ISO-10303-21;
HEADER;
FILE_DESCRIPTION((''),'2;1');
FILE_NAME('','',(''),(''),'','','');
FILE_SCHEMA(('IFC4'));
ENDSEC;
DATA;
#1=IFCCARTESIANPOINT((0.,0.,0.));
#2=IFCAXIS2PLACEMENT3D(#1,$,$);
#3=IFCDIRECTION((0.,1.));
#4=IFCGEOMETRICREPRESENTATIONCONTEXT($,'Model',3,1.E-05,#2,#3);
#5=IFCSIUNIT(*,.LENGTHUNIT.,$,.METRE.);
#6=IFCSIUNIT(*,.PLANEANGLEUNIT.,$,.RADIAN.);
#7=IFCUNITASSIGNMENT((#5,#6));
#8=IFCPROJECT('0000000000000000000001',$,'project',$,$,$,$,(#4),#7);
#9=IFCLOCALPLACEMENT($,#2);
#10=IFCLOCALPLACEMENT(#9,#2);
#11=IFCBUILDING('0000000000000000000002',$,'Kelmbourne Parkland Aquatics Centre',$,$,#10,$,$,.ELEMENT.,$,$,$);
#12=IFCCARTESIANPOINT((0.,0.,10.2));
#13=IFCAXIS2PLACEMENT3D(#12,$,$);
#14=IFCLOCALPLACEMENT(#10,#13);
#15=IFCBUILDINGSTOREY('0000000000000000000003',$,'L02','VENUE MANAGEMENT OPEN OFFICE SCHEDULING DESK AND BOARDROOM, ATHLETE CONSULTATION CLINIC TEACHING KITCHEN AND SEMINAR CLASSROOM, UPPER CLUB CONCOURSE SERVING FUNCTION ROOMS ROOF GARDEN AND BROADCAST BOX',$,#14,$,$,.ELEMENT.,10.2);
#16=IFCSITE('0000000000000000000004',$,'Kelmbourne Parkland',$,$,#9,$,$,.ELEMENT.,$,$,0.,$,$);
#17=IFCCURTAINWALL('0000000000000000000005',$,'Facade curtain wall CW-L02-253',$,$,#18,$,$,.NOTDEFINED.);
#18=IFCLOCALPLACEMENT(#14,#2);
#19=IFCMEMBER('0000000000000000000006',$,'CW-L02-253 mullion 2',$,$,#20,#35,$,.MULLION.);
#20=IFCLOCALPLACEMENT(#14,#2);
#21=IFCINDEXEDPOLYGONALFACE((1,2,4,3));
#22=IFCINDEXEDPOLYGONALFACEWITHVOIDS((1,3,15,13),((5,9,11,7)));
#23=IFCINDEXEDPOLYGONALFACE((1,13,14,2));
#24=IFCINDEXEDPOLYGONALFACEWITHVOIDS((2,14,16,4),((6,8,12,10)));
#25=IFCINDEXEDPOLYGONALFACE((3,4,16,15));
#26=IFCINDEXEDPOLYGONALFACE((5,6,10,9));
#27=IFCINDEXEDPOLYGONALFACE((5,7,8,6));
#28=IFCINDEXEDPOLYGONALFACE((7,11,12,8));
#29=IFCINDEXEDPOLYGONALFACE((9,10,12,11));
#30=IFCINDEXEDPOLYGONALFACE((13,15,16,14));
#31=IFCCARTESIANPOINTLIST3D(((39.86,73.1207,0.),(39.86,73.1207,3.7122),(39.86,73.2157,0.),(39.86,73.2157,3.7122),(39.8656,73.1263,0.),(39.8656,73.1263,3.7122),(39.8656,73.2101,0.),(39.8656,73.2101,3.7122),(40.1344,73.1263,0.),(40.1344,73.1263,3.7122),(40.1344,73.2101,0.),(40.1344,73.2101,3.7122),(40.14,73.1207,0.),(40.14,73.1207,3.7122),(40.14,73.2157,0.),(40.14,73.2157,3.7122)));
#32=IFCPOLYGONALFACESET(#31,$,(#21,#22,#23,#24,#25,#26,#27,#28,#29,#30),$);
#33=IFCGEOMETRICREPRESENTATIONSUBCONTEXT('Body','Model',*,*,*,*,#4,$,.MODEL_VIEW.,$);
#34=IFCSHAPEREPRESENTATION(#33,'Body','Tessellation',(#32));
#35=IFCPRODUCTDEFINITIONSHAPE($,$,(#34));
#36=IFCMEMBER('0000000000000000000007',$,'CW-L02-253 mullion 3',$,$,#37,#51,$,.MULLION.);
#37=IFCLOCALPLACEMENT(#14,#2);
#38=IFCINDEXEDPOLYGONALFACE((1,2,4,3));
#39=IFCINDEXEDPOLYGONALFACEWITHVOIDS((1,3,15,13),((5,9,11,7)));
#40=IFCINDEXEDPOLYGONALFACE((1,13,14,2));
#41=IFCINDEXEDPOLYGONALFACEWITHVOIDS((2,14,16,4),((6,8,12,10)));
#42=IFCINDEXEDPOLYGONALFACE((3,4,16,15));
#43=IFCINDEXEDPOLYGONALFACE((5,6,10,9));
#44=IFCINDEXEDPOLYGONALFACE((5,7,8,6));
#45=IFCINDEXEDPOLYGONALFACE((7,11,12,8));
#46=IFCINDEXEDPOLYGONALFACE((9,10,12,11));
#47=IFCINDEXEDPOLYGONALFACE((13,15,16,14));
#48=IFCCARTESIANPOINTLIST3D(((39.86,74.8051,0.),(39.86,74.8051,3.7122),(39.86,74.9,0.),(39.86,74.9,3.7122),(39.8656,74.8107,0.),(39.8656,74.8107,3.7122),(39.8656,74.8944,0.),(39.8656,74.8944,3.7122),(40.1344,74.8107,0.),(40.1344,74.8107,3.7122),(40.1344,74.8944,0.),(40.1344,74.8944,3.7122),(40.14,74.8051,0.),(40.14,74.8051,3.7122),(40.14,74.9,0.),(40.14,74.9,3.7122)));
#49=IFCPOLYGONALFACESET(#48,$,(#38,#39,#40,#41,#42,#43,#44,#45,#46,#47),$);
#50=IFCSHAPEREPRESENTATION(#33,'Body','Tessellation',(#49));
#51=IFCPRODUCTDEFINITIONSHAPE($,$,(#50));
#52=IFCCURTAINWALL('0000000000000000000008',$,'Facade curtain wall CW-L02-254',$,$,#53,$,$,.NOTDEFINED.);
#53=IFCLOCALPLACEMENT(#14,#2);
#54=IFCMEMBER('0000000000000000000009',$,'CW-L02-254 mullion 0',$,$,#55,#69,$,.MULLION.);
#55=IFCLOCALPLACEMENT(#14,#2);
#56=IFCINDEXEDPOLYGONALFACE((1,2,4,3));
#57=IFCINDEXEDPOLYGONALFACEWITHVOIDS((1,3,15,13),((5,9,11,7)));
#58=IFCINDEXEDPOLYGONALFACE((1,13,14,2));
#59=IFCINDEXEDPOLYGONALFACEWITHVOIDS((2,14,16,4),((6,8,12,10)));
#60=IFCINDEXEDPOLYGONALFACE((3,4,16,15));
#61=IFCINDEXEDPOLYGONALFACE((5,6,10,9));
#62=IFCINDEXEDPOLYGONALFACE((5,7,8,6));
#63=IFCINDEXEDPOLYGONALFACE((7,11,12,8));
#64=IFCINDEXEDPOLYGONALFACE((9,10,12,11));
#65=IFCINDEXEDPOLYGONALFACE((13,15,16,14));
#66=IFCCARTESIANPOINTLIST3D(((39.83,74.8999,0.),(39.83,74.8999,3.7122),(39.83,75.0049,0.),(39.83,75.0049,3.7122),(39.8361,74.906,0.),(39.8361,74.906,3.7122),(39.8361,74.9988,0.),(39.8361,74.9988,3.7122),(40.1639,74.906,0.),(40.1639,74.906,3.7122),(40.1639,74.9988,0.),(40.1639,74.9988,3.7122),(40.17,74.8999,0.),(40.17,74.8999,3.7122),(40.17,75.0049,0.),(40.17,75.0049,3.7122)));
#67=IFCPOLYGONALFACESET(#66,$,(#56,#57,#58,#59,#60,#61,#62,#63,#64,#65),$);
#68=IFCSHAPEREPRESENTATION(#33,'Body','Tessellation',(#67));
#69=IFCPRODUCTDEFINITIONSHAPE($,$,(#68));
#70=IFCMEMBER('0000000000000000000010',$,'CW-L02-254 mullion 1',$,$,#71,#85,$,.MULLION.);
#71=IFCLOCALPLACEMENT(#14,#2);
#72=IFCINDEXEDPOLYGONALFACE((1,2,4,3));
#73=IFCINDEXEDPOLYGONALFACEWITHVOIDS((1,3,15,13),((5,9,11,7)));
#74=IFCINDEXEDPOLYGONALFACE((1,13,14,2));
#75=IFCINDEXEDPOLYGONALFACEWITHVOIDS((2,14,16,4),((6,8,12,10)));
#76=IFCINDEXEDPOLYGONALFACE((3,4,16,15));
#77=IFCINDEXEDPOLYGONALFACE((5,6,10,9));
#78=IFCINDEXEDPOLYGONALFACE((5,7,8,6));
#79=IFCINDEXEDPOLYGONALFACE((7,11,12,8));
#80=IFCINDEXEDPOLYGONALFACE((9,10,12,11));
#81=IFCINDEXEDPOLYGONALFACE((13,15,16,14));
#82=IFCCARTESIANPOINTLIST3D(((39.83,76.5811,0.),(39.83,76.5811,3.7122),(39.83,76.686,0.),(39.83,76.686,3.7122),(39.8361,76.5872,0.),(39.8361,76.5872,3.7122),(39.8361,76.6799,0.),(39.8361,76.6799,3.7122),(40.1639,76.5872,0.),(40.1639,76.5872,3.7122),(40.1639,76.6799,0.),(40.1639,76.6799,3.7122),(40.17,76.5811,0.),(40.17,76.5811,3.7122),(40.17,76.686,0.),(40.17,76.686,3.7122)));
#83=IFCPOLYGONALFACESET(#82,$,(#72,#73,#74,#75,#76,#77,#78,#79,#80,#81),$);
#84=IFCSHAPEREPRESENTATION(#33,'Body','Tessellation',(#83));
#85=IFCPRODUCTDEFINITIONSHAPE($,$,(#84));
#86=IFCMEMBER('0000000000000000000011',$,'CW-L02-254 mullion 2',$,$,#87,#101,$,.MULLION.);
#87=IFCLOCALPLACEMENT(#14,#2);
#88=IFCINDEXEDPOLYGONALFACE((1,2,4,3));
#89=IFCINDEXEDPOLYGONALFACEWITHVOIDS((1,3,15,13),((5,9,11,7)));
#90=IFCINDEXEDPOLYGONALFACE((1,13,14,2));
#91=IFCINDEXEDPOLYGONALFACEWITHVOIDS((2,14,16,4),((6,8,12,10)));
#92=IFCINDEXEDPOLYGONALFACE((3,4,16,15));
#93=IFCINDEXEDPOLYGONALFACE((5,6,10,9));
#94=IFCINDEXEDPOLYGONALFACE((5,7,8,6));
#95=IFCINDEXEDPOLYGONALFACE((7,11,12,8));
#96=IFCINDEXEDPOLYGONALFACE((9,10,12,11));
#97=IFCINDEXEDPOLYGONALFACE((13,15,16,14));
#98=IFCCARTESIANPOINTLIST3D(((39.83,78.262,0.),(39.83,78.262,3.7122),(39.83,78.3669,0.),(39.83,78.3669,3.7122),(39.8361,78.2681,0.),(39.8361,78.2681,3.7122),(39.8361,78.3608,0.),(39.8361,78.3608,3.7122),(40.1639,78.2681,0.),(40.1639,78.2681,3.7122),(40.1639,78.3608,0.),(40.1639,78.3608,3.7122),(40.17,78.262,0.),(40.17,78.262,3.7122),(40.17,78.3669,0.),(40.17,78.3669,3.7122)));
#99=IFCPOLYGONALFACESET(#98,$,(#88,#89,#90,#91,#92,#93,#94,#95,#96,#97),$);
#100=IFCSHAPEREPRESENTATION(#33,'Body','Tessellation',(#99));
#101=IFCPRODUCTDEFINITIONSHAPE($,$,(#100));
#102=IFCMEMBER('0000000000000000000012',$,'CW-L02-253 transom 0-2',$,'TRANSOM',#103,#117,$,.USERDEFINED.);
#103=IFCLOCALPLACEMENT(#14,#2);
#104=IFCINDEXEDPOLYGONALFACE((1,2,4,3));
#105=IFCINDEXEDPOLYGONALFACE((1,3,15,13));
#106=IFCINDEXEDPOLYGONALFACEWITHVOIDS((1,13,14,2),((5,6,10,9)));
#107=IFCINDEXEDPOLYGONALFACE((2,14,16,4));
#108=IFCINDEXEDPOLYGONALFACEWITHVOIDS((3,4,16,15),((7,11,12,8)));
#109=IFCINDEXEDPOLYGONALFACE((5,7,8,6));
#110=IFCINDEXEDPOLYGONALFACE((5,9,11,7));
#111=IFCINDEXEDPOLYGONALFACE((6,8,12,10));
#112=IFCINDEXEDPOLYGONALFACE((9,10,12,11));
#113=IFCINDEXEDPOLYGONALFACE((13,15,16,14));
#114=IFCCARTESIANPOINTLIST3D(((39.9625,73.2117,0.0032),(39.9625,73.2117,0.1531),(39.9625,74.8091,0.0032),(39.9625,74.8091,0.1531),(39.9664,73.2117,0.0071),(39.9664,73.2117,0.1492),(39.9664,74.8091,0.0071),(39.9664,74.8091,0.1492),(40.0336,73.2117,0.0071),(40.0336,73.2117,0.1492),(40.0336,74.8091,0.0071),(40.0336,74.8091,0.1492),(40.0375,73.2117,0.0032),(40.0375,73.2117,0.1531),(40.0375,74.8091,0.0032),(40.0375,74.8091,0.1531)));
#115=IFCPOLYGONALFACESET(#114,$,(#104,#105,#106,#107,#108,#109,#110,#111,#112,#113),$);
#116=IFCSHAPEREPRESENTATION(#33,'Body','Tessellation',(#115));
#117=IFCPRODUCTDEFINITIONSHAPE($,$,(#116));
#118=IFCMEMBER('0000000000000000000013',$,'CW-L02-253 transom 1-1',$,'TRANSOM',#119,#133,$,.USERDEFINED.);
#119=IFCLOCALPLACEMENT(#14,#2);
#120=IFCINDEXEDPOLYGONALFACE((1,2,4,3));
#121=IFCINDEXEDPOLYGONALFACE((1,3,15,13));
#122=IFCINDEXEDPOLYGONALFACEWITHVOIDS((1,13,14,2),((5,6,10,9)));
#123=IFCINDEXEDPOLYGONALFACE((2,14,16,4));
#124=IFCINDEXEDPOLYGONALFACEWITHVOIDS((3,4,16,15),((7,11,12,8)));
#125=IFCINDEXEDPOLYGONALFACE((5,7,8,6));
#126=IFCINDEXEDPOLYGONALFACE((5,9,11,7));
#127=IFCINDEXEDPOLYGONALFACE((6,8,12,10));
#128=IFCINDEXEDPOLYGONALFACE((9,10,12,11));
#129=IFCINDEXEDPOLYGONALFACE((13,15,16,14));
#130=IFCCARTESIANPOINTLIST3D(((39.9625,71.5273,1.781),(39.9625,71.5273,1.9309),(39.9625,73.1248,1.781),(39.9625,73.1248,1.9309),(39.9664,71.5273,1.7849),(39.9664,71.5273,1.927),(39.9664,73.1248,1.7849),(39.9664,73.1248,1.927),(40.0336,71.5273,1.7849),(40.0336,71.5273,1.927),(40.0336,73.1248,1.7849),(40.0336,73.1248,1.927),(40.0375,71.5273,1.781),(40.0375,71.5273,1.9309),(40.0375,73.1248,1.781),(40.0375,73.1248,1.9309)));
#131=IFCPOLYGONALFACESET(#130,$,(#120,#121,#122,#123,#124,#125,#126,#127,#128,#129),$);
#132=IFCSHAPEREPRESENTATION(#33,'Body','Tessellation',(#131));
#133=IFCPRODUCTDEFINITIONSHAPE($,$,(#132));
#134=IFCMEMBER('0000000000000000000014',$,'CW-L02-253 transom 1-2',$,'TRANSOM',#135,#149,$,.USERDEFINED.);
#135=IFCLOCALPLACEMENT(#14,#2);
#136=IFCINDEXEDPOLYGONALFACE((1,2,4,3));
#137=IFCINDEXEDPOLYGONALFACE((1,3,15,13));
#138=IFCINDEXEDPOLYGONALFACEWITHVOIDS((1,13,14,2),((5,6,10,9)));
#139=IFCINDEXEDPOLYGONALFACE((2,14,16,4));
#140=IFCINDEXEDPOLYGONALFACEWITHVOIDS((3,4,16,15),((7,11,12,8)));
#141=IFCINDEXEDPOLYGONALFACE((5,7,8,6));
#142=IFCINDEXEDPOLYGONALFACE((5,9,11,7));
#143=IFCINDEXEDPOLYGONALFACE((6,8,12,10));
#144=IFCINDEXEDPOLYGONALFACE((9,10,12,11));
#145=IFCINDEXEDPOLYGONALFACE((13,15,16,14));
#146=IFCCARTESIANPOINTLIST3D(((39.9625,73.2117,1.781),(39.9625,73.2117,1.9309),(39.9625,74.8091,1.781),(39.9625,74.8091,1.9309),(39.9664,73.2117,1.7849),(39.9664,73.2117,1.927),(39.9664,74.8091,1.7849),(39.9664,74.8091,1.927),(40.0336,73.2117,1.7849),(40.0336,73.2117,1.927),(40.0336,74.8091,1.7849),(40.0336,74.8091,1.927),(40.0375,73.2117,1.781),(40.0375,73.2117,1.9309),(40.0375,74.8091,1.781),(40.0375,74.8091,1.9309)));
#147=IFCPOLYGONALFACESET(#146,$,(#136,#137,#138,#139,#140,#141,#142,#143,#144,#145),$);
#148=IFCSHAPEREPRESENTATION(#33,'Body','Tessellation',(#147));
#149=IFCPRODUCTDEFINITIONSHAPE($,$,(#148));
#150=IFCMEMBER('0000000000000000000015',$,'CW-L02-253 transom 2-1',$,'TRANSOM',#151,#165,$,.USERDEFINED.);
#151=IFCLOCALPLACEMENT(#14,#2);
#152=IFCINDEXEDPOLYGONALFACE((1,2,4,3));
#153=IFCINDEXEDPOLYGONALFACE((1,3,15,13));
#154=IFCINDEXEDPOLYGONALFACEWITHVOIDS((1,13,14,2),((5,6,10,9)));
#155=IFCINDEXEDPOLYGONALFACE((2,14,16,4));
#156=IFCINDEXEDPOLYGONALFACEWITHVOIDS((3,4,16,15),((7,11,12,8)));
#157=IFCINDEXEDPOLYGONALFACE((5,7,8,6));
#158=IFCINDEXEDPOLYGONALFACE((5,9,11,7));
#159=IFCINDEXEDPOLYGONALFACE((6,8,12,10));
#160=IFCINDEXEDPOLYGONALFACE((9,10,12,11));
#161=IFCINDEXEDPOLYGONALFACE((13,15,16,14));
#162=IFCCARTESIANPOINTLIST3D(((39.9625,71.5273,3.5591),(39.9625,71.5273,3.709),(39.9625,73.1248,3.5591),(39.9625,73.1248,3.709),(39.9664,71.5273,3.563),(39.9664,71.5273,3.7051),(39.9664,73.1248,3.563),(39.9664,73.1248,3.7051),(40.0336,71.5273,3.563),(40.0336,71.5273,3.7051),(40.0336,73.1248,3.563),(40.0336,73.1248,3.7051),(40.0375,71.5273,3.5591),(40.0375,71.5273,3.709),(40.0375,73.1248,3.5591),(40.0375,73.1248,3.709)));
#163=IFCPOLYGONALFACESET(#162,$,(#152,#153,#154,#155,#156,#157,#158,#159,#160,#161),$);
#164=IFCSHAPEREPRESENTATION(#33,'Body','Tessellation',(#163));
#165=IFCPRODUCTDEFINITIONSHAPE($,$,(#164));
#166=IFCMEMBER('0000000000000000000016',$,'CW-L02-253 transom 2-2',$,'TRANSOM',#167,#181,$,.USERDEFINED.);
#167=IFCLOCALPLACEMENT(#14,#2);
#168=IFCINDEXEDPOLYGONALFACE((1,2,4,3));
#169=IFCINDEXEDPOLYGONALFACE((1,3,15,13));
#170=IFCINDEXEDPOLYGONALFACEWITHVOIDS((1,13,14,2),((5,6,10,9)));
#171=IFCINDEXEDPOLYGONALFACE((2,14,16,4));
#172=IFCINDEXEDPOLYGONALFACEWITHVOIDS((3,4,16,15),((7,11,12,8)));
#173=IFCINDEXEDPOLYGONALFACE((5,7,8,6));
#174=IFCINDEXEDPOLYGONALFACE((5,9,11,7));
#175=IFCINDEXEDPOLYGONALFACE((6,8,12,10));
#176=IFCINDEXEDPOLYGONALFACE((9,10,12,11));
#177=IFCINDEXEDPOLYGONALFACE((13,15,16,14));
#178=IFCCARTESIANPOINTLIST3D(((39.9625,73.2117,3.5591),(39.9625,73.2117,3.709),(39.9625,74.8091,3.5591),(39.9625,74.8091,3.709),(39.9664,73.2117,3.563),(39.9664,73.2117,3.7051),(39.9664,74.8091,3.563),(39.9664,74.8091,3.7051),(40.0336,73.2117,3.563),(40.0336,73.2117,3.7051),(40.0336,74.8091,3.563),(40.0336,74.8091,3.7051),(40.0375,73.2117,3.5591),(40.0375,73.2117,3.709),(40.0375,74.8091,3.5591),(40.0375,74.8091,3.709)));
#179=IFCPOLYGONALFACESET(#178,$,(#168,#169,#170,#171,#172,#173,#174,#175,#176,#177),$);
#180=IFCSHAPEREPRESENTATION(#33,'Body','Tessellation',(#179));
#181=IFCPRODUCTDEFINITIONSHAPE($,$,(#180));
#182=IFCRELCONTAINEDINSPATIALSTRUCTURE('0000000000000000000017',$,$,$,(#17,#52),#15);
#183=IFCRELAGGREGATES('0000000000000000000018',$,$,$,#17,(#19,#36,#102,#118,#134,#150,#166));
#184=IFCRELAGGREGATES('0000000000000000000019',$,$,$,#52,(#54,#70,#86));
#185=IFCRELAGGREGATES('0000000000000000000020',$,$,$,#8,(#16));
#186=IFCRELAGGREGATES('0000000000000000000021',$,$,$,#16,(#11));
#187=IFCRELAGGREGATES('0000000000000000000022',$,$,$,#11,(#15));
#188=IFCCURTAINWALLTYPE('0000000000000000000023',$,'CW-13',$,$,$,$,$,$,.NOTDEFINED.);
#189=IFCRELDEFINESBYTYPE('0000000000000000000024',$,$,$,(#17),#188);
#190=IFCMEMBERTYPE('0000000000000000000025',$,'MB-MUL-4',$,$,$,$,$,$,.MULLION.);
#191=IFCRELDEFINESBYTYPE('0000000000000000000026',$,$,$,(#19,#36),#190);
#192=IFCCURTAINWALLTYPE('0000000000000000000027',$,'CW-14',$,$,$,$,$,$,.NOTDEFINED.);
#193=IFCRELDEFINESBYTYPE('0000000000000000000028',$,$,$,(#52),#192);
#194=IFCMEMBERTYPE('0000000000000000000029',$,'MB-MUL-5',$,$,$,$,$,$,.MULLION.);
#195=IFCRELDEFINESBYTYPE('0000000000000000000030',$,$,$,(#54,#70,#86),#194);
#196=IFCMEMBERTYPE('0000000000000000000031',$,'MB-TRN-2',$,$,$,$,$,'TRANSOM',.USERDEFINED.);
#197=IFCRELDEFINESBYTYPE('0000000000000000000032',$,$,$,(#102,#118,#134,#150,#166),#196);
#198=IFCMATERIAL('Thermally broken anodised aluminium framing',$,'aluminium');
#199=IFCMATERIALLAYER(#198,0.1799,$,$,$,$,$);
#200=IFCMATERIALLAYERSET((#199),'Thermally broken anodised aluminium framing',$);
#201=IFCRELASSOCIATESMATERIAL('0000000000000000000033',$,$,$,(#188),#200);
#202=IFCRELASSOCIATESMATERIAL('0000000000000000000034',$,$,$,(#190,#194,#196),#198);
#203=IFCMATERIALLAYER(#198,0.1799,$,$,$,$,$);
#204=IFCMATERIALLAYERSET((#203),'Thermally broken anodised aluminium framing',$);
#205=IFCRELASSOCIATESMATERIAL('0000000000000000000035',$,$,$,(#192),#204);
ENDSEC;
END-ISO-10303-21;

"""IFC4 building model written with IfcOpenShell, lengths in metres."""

from ifc_helpers import new_model, si_unit, direction, frame, origin, origin_2d, place, context, subcontext, project, spatial, hollow_rectangle, extrude, material, layer, layer_set, material_profile, profile_set, type_object, element, aggregate, save


model = new_model("IFC4")

# Units and contexts
model_context = context("Model", 3, precision=1e-05, world=origin(), true_north=direction((0.0, 1.0)))
body_context = subcontext(model_context, "Body", "Model", "MODEL_VIEW")
ifc_project = project(units=[si_unit("LENGTHUNIT", "METRE"), si_unit("PLANEANGLEUNIT", "RADIAN")], contexts=[model_context])

# Site, building, storey
site_placement = place(None, origin())
site = spatial("IfcSite", under=ifc_project, at=site_placement, Name="Kelmbourne Parkland", CompositionType="ELEMENT", RefElevation=0.0)
building_placement = place(site_placement, origin())
building = spatial("IfcBuilding", under=site, at=building_placement, Name="Kelmbourne Parkland Aquatics Centre", CompositionType="ELEMENT")
storey_placement = place(building_placement, frame((0.0, 0.0, 10.2)))
storey = spatial("IfcBuildingStorey", under=building, at=storey_placement, Name="L02", Description="VENUE MANAGEMENT OPEN OFFICE SCHEDULING DESK AND BOARDROOM, ATHLETE CONSULTATION CLINIC TEACHING KITCHEN AND SEMINAR CLASSROOM, UPPER CLUB CONCOURSE SERVING FUNCTION ROOMS ROOF GARDEN AND BROADCAST BOX", CompositionType="ELEMENT", Elevation=10.2)

# Curtain walls, members
ifc_material_1 = material(Name="Thermally broken anodised aluminium framing", Category="aluminium")
ifc_layer_1 = layer(ifc_material_1, 0.1799)
ifc_layer_set_1 = layer_set([ifc_layer_1], Name="Thermally broken anodised aluminium framing")
curtain_wall_type_1 = type_object("IfcCurtainWallType", Name="CW-13", PredefinedType="NOTDEFINED", material=ifc_layer_set_1)
curtain_wall_1_placement = place(storey_placement, origin())
curtain_wall_1 = element("IfcCurtainWall", 1, at=curtain_wall_1_placement, inside=storey, type_object=curtain_wall_type_1, Name="Facade curtain wall CW-L02-253", PredefinedType="NOTDEFINED")
ifc_material_profile_1 = material_profile(ifc_material_1, hollow_rectangle(XDim=0.095, YDim=0.28, WallThickness=0.0056, at=origin_2d()), Name="CW-M 95x280")
ifc_profile_set_1 = profile_set([ifc_material_profile_1], Name="Thermally broken anodised aluminium framing")
member_type_1 = type_object("IfcMemberType", Name="MB-MUL-4", PredefinedType="MULLION", material=ifc_profile_set_1)
member_1_placement = place(storey_placement, frame((40.0, 73.1682, 0.0), z_axis=(0.0, 0.0, 1.0), x_axis=(0.0, 1.0, 0.0)))
member_1 = element("IfcMember", 2, at=member_1_placement, type_object=member_type_1, Name="CW-L02-253 mullion 2", PredefinedType="MULLION", context=body_context, shape_type="SweptSolid", body=[
    extrude(hollow_rectangle(XDim=0.095, YDim=0.28, WallThickness=0.0056, at=origin_2d()), origin(), (0.0, 0.0, 1.0), 3.7122),
])
member_2_placement = place(storey_placement, frame((40.0, 74.8525, 0.0), z_axis=(0.0, 0.0, 1.0), x_axis=(0.0, 1.0, 0.0)))
member_2 = element("IfcMember", 3, at=member_2_placement, type_object=member_type_1, Name="CW-L02-253 mullion 3", PredefinedType="MULLION", context=body_context, shape_type="SweptSolid", body=[
    extrude(hollow_rectangle(XDim=0.095, YDim=0.28, WallThickness=0.0056, at=origin_2d()), origin(), (0.0, 0.0, 1.0), 3.7122),
])
ifc_layer_2 = layer(ifc_material_1, 0.1799)
ifc_layer_set_2 = layer_set([ifc_layer_2], Name="Thermally broken anodised aluminium framing")
curtain_wall_type_2 = type_object("IfcCurtainWallType", Name="CW-14", PredefinedType="NOTDEFINED", material=ifc_layer_set_2)
curtain_wall_2_placement = place(storey_placement, origin())
curtain_wall_2 = element("IfcCurtainWall", 4, at=curtain_wall_2_placement, inside=storey, type_object=curtain_wall_type_2, Name="Facade curtain wall CW-L02-254", PredefinedType="NOTDEFINED")
ifc_material_profile_2 = material_profile(ifc_material_1, hollow_rectangle(XDim=0.105, YDim=0.3401, WallThickness=0.0061, at=origin_2d()), Name="CW-M 105x340")
ifc_profile_set_2 = profile_set([ifc_material_profile_2], Name="Thermally broken anodised aluminium framing")
member_type_2 = type_object("IfcMemberType", Name="MB-MUL-5", PredefinedType="MULLION", material=ifc_profile_set_2)
member_3_placement = place(storey_placement, frame((40.0, 74.9524, 0.0), z_axis=(0.0, 0.0, 1.0), x_axis=(0.0, 1.0, 0.0)))
member_3 = element("IfcMember", 5, at=member_3_placement, type_object=member_type_2, Name="CW-L02-254 mullion 0", PredefinedType="MULLION", context=body_context, shape_type="SweptSolid", body=[
    extrude(hollow_rectangle(XDim=0.105, YDim=0.3401, WallThickness=0.0061, at=origin_2d()), origin(), (0.0, 0.0, 1.0), 3.7122),
])
member_4_placement = place(storey_placement, frame((40.0, 76.6335, 0.0), z_axis=(0.0, 0.0, 1.0), x_axis=(0.0, 1.0, 0.0)))
member_4 = element("IfcMember", 6, at=member_4_placement, type_object=member_type_2, Name="CW-L02-254 mullion 1", PredefinedType="MULLION", context=body_context, shape_type="SweptSolid", body=[
    extrude(hollow_rectangle(XDim=0.105, YDim=0.3401, WallThickness=0.0061, at=origin_2d()), origin(), (0.0, 0.0, 1.0), 3.7122),
])
member_5_placement = place(storey_placement, frame((40.0, 78.3145, 0.0), z_axis=(0.0, 0.0, 1.0), x_axis=(0.0, 1.0, 0.0)))
member_5 = element("IfcMember", 7, at=member_5_placement, type_object=member_type_2, Name="CW-L02-254 mullion 2", PredefinedType="MULLION", context=body_context, shape_type="SweptSolid", body=[
    extrude(hollow_rectangle(XDim=0.105, YDim=0.3401, WallThickness=0.0061, at=origin_2d()), origin(), (0.0, 0.0, 1.0), 3.7122),
])

# Members
ifc_material_profile_3 = material_profile(ifc_material_1, hollow_rectangle(XDim=0.075, YDim=0.1499, WallThickness=0.0039, at=origin_2d()), Name="CW-T 75x150")
ifc_profile_set_3 = profile_set([ifc_material_profile_3], Name="Thermally broken anodised aluminium framing")
member_type_3 = type_object("IfcMemberType", Name="MB-TRN-2", ElementType="TRANSOM", PredefinedType="USERDEFINED", material=ifc_profile_set_3)
member_6_placement = place(storey_placement, frame((40.0, 73.2117, 0.0781), z_axis=(0.0, 1.0, 0.0), x_axis=(-1.0, 0.0, 0.0)))
member_6 = element("IfcMember", 8, at=member_6_placement, type_object=member_type_3, Name="CW-L02-253 transom 0-2", ObjectType="TRANSOM", PredefinedType="USERDEFINED", context=body_context, shape_type="SweptSolid", body=[
    extrude(hollow_rectangle(XDim=0.075, YDim=0.1499, WallThickness=0.0039, at=origin_2d()), origin(), (0.0, 0.0, 1.0), 1.5974),
])
member_7_placement = place(storey_placement, frame((40.0, 71.5273, 1.856), z_axis=(0.0, 1.0, 0.0), x_axis=(-1.0, 0.0, 0.0)))
member_7 = element("IfcMember", 9, at=member_7_placement, type_object=member_type_3, Name="CW-L02-253 transom 1-1", ObjectType="TRANSOM", PredefinedType="USERDEFINED", context=body_context, shape_type="SweptSolid", body=[
    extrude(hollow_rectangle(XDim=0.075, YDim=0.1499, WallThickness=0.0039, at=origin_2d()), origin(), (0.0, 0.0, 1.0), 1.5974),
])
member_8_placement = place(storey_placement, frame((40.0, 73.2117, 1.856), z_axis=(0.0, 1.0, 0.0), x_axis=(-1.0, 0.0, 0.0)))
member_8 = element("IfcMember", 10, at=member_8_placement, type_object=member_type_3, Name="CW-L02-253 transom 1-2", ObjectType="TRANSOM", PredefinedType="USERDEFINED", context=body_context, shape_type="SweptSolid", body=[
    extrude(hollow_rectangle(XDim=0.075, YDim=0.1499, WallThickness=0.0039, at=origin_2d()), origin(), (0.0, 0.0, 1.0), 1.5974),
])
member_9_placement = place(storey_placement, frame((40.0, 71.5273, 3.634), z_axis=(0.0, 1.0, 0.0), x_axis=(-1.0, 0.0, 0.0)))
member_9 = element("IfcMember", 11, at=member_9_placement, type_object=member_type_3, Name="CW-L02-253 transom 2-1", ObjectType="TRANSOM", PredefinedType="USERDEFINED", context=body_context, shape_type="SweptSolid", body=[
    extrude(hollow_rectangle(XDim=0.075, YDim=0.1499, WallThickness=0.0039, at=origin_2d()), origin(), (0.0, 0.0, 1.0), 1.5974),
])
member_10_placement = place(storey_placement, frame((40.0, 73.2117, 3.634), z_axis=(0.0, 1.0, 0.0), x_axis=(-1.0, 0.0, 0.0)))
member_10 = element("IfcMember", 12, at=member_10_placement, type_object=member_type_3, Name="CW-L02-253 transom 2-2", ObjectType="TRANSOM", PredefinedType="USERDEFINED", context=body_context, shape_type="SweptSolid", body=[
    extrude(hollow_rectangle(XDim=0.075, YDim=0.1499, WallThickness=0.0039, at=origin_2d()), origin(), (0.0, 0.0, 1.0), 1.5974),
])

aggregate(curtain_wall_1, [member_1, member_2, member_6, member_7, member_8, member_9, member_10])
aggregate(curtain_wall_2, [member_3, member_4, member_5])

save(model, "model.ifc")
